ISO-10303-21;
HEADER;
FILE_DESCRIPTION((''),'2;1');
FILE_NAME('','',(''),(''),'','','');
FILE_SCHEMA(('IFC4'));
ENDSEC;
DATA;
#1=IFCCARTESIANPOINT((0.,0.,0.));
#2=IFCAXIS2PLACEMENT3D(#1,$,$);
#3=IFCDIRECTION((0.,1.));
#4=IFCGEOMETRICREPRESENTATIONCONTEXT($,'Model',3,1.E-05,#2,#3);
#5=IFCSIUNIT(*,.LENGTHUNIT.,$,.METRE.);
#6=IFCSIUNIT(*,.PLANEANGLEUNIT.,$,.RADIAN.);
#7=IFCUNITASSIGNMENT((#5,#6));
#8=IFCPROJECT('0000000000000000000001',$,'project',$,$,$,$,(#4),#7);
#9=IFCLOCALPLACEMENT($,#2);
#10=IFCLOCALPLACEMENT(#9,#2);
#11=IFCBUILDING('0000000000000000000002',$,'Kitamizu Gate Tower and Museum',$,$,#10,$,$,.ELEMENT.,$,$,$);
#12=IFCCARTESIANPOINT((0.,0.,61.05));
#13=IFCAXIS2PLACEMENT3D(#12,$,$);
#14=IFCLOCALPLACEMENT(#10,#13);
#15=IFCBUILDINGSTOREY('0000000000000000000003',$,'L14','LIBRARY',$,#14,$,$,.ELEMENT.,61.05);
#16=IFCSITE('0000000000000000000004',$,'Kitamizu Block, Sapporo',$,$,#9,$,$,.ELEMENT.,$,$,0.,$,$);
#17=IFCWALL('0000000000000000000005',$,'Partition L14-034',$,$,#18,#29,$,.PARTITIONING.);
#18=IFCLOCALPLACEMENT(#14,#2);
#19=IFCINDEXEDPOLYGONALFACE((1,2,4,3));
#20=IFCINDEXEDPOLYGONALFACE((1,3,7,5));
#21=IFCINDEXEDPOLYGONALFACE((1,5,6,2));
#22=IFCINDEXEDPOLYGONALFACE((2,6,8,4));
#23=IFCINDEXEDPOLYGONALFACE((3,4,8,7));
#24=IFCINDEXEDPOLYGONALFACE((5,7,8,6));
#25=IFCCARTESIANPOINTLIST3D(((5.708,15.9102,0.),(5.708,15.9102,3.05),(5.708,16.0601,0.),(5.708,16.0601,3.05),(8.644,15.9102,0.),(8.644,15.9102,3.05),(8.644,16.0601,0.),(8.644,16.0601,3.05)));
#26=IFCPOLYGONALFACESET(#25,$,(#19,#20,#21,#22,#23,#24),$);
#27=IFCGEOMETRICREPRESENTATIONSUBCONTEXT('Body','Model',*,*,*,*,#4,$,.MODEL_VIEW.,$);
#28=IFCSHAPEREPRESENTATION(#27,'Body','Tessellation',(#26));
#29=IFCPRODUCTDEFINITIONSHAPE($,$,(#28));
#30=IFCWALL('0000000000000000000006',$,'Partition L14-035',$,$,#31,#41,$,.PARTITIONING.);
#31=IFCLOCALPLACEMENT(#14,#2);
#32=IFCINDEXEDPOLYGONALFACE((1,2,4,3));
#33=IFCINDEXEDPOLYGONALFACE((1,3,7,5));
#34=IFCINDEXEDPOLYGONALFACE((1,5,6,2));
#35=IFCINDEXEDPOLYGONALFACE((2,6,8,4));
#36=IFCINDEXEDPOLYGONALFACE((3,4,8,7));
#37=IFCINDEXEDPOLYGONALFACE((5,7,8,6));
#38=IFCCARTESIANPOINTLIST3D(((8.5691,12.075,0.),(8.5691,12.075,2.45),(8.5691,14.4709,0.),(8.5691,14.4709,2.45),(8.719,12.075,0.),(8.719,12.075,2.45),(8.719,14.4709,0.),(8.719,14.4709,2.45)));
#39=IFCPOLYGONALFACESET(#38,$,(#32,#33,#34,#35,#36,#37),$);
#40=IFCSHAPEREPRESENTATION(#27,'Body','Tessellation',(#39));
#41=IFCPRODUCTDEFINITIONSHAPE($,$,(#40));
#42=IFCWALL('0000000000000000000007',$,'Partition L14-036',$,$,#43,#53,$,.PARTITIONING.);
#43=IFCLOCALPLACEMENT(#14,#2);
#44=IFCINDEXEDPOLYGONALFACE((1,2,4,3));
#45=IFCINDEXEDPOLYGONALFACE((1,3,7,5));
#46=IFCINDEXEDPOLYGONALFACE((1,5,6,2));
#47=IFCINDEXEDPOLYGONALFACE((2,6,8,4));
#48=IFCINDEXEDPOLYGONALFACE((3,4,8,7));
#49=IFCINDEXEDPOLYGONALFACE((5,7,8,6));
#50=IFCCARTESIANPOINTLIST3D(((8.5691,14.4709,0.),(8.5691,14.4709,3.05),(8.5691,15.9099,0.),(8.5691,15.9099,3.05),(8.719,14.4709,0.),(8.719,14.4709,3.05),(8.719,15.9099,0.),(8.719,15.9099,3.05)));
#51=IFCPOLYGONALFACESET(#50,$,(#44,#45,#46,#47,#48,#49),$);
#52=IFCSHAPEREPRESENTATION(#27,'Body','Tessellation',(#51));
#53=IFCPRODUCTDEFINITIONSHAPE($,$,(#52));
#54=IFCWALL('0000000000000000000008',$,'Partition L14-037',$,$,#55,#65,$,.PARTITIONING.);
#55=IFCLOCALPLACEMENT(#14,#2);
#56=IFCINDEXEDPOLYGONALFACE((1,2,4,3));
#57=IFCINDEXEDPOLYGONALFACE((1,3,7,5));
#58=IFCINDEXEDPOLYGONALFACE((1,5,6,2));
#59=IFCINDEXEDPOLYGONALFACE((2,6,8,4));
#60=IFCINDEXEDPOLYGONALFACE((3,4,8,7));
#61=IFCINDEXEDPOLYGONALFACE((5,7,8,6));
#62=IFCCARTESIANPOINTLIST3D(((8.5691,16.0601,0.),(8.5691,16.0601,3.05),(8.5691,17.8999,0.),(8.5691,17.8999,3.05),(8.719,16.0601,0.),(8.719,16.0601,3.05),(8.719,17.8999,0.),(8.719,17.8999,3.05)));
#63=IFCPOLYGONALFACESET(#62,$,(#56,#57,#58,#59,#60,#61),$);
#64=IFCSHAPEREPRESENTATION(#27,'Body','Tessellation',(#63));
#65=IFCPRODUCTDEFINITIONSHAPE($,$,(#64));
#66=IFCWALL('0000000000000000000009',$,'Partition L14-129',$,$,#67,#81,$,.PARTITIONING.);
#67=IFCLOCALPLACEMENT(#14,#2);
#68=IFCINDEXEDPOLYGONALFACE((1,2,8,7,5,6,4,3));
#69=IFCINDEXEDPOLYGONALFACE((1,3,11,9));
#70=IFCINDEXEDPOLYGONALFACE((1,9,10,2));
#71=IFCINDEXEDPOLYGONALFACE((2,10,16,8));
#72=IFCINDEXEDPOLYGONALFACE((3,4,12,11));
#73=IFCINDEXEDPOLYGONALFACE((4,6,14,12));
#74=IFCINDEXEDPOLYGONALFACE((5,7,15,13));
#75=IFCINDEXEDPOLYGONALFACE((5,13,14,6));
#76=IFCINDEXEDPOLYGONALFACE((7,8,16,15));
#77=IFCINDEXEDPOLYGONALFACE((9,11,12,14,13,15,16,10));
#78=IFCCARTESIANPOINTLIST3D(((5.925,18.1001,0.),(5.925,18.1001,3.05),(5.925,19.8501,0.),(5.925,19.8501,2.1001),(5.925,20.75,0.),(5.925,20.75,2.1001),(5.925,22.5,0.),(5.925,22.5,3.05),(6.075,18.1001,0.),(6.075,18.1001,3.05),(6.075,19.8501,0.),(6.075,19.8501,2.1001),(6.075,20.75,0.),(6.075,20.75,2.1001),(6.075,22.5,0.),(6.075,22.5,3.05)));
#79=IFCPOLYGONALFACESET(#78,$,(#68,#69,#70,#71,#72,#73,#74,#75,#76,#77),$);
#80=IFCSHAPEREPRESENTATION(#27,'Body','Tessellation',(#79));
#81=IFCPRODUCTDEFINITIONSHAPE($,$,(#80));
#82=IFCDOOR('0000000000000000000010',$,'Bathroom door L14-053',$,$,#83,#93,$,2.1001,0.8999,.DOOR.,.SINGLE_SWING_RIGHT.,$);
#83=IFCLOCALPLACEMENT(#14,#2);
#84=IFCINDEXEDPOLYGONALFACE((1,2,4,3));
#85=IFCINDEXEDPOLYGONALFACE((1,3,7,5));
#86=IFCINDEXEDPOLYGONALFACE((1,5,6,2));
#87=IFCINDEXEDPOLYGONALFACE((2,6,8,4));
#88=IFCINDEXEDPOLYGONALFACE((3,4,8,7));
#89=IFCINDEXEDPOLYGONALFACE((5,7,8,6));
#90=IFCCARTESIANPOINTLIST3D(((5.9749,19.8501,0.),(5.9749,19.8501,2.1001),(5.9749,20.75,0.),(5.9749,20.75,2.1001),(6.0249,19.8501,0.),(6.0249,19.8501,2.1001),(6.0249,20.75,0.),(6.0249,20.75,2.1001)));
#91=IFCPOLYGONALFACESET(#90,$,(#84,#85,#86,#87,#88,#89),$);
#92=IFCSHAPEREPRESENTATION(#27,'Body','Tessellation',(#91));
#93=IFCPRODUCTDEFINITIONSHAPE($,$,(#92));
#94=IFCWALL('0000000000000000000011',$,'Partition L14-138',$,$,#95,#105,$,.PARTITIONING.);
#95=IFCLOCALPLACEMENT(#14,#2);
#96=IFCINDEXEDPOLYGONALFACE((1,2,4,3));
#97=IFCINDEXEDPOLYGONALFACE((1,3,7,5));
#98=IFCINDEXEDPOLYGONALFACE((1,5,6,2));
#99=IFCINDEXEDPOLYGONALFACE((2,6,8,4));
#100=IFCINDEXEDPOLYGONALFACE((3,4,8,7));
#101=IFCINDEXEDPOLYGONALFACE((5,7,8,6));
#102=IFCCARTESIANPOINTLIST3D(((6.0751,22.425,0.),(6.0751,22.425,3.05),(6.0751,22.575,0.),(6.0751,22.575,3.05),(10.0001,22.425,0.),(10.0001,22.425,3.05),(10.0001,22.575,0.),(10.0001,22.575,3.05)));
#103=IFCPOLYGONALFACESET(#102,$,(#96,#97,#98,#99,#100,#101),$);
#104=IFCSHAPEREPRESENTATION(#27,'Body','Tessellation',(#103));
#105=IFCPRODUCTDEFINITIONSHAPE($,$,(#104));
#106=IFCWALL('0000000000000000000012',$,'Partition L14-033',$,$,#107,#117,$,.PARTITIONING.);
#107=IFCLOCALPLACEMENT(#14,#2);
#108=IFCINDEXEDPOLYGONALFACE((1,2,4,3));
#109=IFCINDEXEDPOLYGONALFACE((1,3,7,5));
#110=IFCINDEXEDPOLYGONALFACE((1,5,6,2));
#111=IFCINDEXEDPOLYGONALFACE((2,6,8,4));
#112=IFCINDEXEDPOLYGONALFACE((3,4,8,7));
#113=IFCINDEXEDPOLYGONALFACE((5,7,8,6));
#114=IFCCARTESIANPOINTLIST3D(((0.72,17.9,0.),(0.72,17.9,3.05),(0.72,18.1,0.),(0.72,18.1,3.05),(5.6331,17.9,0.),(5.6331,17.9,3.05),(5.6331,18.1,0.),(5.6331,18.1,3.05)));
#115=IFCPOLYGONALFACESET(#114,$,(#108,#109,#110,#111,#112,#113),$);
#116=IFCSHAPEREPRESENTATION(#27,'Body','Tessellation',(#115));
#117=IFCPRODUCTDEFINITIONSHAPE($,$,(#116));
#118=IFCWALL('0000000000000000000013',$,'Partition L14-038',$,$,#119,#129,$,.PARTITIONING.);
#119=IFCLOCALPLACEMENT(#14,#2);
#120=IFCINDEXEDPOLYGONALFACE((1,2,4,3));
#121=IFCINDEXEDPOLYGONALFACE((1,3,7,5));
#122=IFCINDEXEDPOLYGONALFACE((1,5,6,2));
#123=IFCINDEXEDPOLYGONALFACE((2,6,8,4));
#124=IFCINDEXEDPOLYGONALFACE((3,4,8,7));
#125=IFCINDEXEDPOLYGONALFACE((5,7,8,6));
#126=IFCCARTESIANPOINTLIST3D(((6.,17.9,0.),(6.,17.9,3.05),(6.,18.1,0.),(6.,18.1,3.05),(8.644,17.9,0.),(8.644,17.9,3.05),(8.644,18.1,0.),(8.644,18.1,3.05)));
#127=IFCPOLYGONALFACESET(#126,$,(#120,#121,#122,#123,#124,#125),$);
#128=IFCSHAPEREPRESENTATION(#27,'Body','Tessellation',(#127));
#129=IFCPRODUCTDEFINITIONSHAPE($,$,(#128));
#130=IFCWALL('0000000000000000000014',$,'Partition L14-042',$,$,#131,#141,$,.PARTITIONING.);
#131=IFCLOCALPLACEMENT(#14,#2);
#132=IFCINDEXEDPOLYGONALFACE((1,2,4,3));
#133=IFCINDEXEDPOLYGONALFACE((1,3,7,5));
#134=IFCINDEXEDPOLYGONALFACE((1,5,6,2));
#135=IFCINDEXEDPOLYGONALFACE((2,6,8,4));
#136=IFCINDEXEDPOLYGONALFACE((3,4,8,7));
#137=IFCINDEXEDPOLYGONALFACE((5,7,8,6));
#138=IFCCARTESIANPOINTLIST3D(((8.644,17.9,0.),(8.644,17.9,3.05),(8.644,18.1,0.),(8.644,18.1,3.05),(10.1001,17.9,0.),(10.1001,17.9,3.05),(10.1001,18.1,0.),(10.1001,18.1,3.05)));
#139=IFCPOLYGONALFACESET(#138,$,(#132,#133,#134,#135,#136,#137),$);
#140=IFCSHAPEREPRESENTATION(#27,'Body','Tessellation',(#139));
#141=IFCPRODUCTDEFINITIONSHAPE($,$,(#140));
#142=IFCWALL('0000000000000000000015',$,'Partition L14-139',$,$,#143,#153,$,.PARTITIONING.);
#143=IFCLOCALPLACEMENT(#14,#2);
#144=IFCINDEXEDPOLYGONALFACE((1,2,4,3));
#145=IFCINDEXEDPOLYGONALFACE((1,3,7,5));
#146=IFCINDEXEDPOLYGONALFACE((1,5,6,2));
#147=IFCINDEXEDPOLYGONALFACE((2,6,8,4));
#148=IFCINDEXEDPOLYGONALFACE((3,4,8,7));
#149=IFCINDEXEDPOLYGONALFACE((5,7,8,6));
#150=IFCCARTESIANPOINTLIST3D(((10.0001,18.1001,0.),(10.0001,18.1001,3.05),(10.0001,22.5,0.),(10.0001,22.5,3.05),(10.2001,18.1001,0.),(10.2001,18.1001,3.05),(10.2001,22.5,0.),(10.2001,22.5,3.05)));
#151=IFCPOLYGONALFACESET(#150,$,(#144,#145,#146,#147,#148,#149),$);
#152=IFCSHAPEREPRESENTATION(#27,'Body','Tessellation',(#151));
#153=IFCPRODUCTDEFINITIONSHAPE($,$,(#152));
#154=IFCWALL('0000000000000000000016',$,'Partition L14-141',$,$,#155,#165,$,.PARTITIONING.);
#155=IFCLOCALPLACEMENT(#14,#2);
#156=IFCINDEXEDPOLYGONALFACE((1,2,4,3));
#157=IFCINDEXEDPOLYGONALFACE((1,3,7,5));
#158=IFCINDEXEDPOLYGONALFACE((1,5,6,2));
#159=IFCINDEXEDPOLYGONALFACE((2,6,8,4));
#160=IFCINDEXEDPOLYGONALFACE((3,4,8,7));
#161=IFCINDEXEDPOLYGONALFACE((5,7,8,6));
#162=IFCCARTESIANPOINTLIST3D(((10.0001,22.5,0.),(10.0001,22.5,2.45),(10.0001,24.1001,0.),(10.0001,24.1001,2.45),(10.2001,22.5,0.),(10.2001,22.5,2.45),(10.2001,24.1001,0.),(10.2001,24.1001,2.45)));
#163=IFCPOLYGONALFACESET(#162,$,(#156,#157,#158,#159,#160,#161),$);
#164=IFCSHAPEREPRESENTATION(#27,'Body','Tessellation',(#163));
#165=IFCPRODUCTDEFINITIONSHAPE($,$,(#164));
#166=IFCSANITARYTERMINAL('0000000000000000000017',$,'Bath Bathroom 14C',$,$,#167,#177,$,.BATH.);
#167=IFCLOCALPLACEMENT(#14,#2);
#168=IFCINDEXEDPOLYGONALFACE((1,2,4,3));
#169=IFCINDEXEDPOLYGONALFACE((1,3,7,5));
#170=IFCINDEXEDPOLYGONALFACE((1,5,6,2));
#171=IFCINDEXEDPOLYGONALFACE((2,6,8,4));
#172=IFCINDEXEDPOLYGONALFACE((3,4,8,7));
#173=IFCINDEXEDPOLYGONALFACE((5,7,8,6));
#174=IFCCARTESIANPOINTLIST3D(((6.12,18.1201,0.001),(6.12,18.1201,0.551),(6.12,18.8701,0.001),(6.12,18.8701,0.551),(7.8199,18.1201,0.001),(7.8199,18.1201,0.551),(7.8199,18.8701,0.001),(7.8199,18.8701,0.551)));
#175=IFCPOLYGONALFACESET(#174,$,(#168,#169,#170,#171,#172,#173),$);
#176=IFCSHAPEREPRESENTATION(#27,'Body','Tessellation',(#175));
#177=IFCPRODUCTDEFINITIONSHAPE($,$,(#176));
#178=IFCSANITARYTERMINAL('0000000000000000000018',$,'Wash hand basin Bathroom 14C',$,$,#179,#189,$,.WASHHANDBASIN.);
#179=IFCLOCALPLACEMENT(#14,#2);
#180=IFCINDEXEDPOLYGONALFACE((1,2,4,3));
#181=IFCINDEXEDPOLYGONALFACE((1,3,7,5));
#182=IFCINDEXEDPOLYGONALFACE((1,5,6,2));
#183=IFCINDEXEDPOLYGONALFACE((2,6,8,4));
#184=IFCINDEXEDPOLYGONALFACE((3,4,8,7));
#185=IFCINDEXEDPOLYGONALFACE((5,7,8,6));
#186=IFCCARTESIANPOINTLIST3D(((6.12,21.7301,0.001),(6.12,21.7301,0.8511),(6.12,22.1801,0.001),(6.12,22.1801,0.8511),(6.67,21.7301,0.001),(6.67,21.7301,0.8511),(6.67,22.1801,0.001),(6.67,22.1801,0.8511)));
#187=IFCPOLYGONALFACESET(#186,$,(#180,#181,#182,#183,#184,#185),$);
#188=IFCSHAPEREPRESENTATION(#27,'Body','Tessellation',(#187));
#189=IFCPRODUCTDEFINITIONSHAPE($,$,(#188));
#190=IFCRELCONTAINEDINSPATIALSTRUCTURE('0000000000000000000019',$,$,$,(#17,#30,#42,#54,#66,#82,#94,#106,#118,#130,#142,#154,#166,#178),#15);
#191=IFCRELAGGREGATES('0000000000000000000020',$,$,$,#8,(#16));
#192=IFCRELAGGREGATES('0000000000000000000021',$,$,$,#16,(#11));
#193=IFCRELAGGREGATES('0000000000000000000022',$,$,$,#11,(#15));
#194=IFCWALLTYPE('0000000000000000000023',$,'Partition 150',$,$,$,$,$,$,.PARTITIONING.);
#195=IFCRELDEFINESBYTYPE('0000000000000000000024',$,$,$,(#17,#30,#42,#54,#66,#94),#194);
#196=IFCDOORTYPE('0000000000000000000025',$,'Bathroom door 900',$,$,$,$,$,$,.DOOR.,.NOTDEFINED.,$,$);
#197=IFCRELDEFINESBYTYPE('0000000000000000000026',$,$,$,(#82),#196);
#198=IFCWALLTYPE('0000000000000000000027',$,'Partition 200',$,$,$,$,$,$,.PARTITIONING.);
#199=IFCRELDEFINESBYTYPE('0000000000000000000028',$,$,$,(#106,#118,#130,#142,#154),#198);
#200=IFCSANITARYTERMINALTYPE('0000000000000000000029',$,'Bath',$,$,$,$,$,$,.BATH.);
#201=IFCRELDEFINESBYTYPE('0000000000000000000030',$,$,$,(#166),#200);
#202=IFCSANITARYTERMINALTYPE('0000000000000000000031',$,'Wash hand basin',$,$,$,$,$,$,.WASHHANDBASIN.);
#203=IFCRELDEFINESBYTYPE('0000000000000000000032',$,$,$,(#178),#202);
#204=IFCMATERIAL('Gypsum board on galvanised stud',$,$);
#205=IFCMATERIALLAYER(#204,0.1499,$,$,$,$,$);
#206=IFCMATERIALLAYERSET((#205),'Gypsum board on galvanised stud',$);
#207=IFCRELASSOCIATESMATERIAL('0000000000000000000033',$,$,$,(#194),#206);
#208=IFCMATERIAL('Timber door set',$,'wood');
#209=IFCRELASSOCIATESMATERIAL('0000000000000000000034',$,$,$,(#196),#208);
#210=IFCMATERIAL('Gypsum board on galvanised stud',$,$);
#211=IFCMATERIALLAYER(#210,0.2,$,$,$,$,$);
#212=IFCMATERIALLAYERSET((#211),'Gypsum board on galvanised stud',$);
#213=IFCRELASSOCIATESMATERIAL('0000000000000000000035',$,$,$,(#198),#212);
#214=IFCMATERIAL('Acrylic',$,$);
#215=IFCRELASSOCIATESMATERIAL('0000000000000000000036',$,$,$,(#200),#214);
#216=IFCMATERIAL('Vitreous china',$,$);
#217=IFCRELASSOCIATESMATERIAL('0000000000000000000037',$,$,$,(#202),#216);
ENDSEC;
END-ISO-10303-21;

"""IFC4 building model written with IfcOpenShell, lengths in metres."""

from ifc_helpers import new_model, si_unit, direction, frame, frame_2d, origin, origin_2d, place, context, subcontext, project, spatial, rectangle, extrude, material, layer, layer_set, type_object, element, fill, save


model = new_model("IFC4")

# Units and contexts
model_context = context("Model", 3, precision=1e-05, world=origin(), true_north=direction((0.0, 1.0)))
body_context = subcontext(model_context, "Body", "Model", "MODEL_VIEW")
ifc_project = project(units=[si_unit("LENGTHUNIT", "METRE"), si_unit("PLANEANGLEUNIT", "RADIAN")], contexts=[model_context])

# Site, building, storey
site_placement = place(None, origin())
site = spatial("IfcSite", under=ifc_project, at=site_placement, Name="Kitamizu Block, Sapporo", CompositionType="ELEMENT", RefElevation=0.0)
building_placement = place(site_placement, origin())
building = spatial("IfcBuilding", under=site, at=building_placement, Name="Kitamizu Gate Tower and Museum", CompositionType="ELEMENT")
storey_placement = place(building_placement, frame((0.0, 0.0, 61.05)))
storey = spatial("IfcBuildingStorey", under=building, at=storey_placement, Name="L14", Description="LIBRARY", CompositionType="ELEMENT", Elevation=61.05)

# Shared definitions
ifc_material_1 = material(Name="Gypsum board on galvanised stud")
ifc_layer_1 = layer(ifc_material_1, 0.1499)
ifc_layer_set_1 = layer_set([ifc_layer_1], Name="Gypsum board on galvanised stud")
wall_type_1 = type_object("IfcWallType", Name="Partition 150", PredefinedType="PARTITIONING", material=ifc_layer_set_1)

# Shared definitions
ifc_material_2 = material(Name="Timber door set", Category="wood")
door_type_1 = type_object("IfcDoorType", Name="Bathroom door 900", OperationType="NOTDEFINED", PredefinedType="DOOR", material=ifc_material_2)

# Walls
wall_1_placement = place(storey_placement, frame((8.644, 15.9851, 0.0), z_axis=(0.0, 0.0, 1.0), x_axis=(-1.0, 0.0, 0.0)))
element("IfcWall", 1, at=wall_1_placement, inside=storey, type_object=wall_type_1, Name="Partition L14-034", PredefinedType="PARTITIONING", context=body_context, shape_type="SweptSolid", body=[
    extrude(rectangle(XDim=2.936, YDim=0.1499, at=frame_2d((1.468, 0.0))), origin(), (0.0, 0.0, 1.0), 3.05),
])
wall_2_placement = place(storey_placement, frame((8.644, 12.075, 0.0), z_axis=(0.0, 0.0, 1.0), x_axis=(0.0, 1.0, 0.0)))
element("IfcWall", 2, at=wall_2_placement, inside=storey, type_object=wall_type_1, Name="Partition L14-035", PredefinedType="PARTITIONING", context=body_context, shape_type="SweptSolid", body=[
    extrude(rectangle(XDim=2.396, YDim=0.1499, at=frame_2d((1.198, 0.0))), origin(), (0.0, 0.0, 1.0), 2.45),
])
wall_3_placement = place(storey_placement, frame((8.644, 14.4709, 0.0), z_axis=(0.0, 0.0, 1.0), x_axis=(0.0, 1.0, 0.0)))
element("IfcWall", 3, at=wall_3_placement, inside=storey, type_object=wall_type_1, Name="Partition L14-036", PredefinedType="PARTITIONING", context=body_context, shape_type="SweptSolid", body=[
    extrude(rectangle(XDim=1.439, YDim=0.1499, at=frame_2d((0.7195, 0.0))), origin(), (0.0, 0.0, 1.0), 3.05),
])
wall_4_placement = place(storey_placement, frame((8.644, 16.0601, 0.0), z_axis=(0.0, 0.0, 1.0), x_axis=(0.0, 1.0, 0.0)))
element("IfcWall", 4, at=wall_4_placement, inside=storey, type_object=wall_type_1, Name="Partition L14-037", PredefinedType="PARTITIONING", context=body_context, shape_type="SweptSolid", body=[
    extrude(rectangle(XDim=1.8398, YDim=0.1499, at=frame_2d((0.9199, 0.0))), origin(), (0.0, 0.0, 1.0), 3.05),
])

# Wall, opening, door
wall_5_placement = place(storey_placement, frame((6.0, 18.1001, 0.0), z_axis=(0.0, 0.0, 1.0), x_axis=(0.0, 1.0, 0.0)))
wall_5 = element("IfcWall", 5, at=wall_5_placement, inside=storey, type_object=wall_type_1, Name="Partition L14-129", PredefinedType="PARTITIONING", context=body_context, shape_type="SweptSolid", body=[
    extrude(rectangle(XDim=4.3999, YDim=0.1499, at=frame_2d((2.2, 0.0))), origin(), (0.0, 0.0, 1.0), 3.05),
])
opening_1_placement = place(wall_5_placement, frame((1.75, 0.0, 0.0)))
opening_1 = element("IfcOpeningElement", 6, at=opening_1_placement, cuts=wall_5, PredefinedType="OPENING", context=body_context, shape_type="SweptSolid", body=[
    extrude(rectangle(XDim=0.8999, YDim=2.1001, at=frame_2d((0.45, 1.05))), frame((0.0, 0.085, 0.0), z_axis=(0.0, -1.0, 0.0), x_axis=(1.0, 0.0, 0.0)), (0.0, 0.0, 1.0), 0.1699),
])
door_1_placement = place(opening_1_placement, frame((0.8999, 0.0, 0.0), x_axis=(-1.0, 0.0, 0.0)))
door_1 = element("IfcDoor", 7, at=door_1_placement, inside=storey, type_object=door_type_1, Name="Bathroom door L14-053", OperationType="SINGLE_SWING_RIGHT", OverallHeight=2.1001, OverallWidth=0.8999, PredefinedType="DOOR", context=body_context, shape_type="SweptSolid", body=[
    extrude(rectangle(XDim=0.8999, YDim=2.1001, at=frame_2d((0.45, 1.05))), frame((0.0, 0.0249, 0.0), z_axis=(0.0, -1.0, 0.0), x_axis=(1.0, 0.0, 0.0)), (0.0, 0.0, 1.0), 0.05),
])
fill(opening_1, door_1)

# Walls
wall_6_placement = place(storey_placement, frame((10.0, 22.5, 0.0), z_axis=(0.0, 0.0, 1.0), x_axis=(-1.0, 0.0, 0.0)))
element("IfcWall", 8, at=wall_6_placement, inside=storey, type_object=wall_type_1, Name="Partition L14-138", PredefinedType="PARTITIONING", context=body_context, shape_type="SweptSolid", body=[
    extrude(rectangle(XDim=3.925, YDim=0.1499, at=frame_2d((1.9624, 0.0))), origin(), (0.0, 0.0, 1.0), 3.05),
])
ifc_material_3 = material(Name="Gypsum board on galvanised stud")
ifc_layer_2 = layer(ifc_material_3, 0.2)
ifc_layer_set_2 = layer_set([ifc_layer_2], Name="Gypsum board on galvanised stud")
wall_type_2 = type_object("IfcWallType", Name="Partition 200", PredefinedType="PARTITIONING", material=ifc_layer_set_2)
wall_7_placement = place(storey_placement, frame((5.6331, 18.0, 0.0), z_axis=(0.0, 0.0, 1.0), x_axis=(-1.0, 0.0, 0.0)))
element("IfcWall", 9, at=wall_7_placement, inside=storey, type_object=wall_type_2, Name="Partition L14-033", PredefinedType="PARTITIONING", context=body_context, shape_type="SweptSolid", body=[
    extrude(rectangle(XDim=4.9131, YDim=0.2, at=frame_2d((2.4565, 0.0))), origin(), (0.0, 0.0, 1.0), 3.05),
])
wall_8_placement = place(storey_placement, frame((8.644, 18.0, 0.0), z_axis=(0.0, 0.0, 1.0), x_axis=(-1.0, 0.0, 0.0)))
element("IfcWall", 10, at=wall_8_placement, inside=storey, type_object=wall_type_2, Name="Partition L14-038", PredefinedType="PARTITIONING", context=body_context, shape_type="SweptSolid", body=[
    extrude(rectangle(XDim=2.644, YDim=0.2, at=frame_2d((1.322, 0.0))), origin(), (0.0, 0.0, 1.0), 3.05),
])
wall_9_placement = place(storey_placement, frame((10.1001, 18.0, 0.0), z_axis=(0.0, 0.0, 1.0), x_axis=(-1.0, 0.0, 0.0)))
element("IfcWall", 11, at=wall_9_placement, inside=storey, type_object=wall_type_2, Name="Partition L14-042", PredefinedType="PARTITIONING", context=body_context, shape_type="SweptSolid", body=[
    extrude(rectangle(XDim=1.4561, YDim=0.2, at=frame_2d((0.728, 0.0))), origin(), (0.0, 0.0, 1.0), 3.05),
])
wall_10_placement = place(storey_placement, frame((10.1001, 18.1001, 0.0), z_axis=(0.0, 0.0, 1.0), x_axis=(0.0, 1.0, 0.0)))
element("IfcWall", 12, at=wall_10_placement, inside=storey, type_object=wall_type_2, Name="Partition L14-139", PredefinedType="PARTITIONING", context=body_context, shape_type="SweptSolid", body=[
    extrude(rectangle(XDim=4.3999, YDim=0.2, at=frame_2d((2.2, 0.0))), origin(), (0.0, 0.0, 1.0), 3.05),
])
wall_11_placement = place(storey_placement, frame((10.1001, 22.5, 0.0), z_axis=(0.0, 0.0, 1.0), x_axis=(0.0, 1.0, 0.0)))
element("IfcWall", 13, at=wall_11_placement, inside=storey, type_object=wall_type_2, Name="Partition L14-141", PredefinedType="PARTITIONING", context=body_context, shape_type="SweptSolid", body=[
    extrude(rectangle(XDim=1.6001, YDim=0.2, at=frame_2d((0.8, 0.0))), origin(), (0.0, 0.0, 1.0), 2.45),
])

# Sanitary terminals
ifc_material_4 = material(Name="Acrylic")
sanitary_terminal_type_1 = type_object("IfcSanitaryTerminalType", Name="Bath", PredefinedType="BATH", material=ifc_material_4)
sanitary_terminal_1_placement = place(storey_placement, frame((6.97, 18.4951, 0.001), z_axis=(0.0, 0.0, 1.0), x_axis=(1.0, 0.0, 0.0)))
element("IfcSanitaryTerminal", 14, at=sanitary_terminal_1_placement, inside=storey, type_object=sanitary_terminal_type_1, Name="Bath Bathroom 14C", PredefinedType="BATH", context=body_context, shape_type="SweptSolid", body=[
    extrude(rectangle(XDim=1.7, YDim=0.75, at=origin_2d()), origin(), (0.0, 0.0, 1.0), 0.55),
])
ifc_material_5 = material(Name="Vitreous china")
sanitary_terminal_type_2 = type_object("IfcSanitaryTerminalType", Name="Wash hand basin", PredefinedType="WASHHANDBASIN", material=ifc_material_5)
sanitary_terminal_2_placement = place(storey_placement, frame((6.395, 21.9551, 0.001), z_axis=(0.0, 0.0, 1.0), x_axis=(1.0, 0.0, 0.0)))
element("IfcSanitaryTerminal", 15, at=sanitary_terminal_2_placement, inside=storey, type_object=sanitary_terminal_type_2, Name="Wash hand basin Bathroom 14C", PredefinedType="WASHHANDBASIN", context=body_context, shape_type="SweptSolid", body=[
    extrude(rectangle(XDim=0.55, YDim=0.45, at=origin_2d()), origin(), (0.0, 0.0, 1.0), 0.8501),
])

save(model, "model.ifc")
